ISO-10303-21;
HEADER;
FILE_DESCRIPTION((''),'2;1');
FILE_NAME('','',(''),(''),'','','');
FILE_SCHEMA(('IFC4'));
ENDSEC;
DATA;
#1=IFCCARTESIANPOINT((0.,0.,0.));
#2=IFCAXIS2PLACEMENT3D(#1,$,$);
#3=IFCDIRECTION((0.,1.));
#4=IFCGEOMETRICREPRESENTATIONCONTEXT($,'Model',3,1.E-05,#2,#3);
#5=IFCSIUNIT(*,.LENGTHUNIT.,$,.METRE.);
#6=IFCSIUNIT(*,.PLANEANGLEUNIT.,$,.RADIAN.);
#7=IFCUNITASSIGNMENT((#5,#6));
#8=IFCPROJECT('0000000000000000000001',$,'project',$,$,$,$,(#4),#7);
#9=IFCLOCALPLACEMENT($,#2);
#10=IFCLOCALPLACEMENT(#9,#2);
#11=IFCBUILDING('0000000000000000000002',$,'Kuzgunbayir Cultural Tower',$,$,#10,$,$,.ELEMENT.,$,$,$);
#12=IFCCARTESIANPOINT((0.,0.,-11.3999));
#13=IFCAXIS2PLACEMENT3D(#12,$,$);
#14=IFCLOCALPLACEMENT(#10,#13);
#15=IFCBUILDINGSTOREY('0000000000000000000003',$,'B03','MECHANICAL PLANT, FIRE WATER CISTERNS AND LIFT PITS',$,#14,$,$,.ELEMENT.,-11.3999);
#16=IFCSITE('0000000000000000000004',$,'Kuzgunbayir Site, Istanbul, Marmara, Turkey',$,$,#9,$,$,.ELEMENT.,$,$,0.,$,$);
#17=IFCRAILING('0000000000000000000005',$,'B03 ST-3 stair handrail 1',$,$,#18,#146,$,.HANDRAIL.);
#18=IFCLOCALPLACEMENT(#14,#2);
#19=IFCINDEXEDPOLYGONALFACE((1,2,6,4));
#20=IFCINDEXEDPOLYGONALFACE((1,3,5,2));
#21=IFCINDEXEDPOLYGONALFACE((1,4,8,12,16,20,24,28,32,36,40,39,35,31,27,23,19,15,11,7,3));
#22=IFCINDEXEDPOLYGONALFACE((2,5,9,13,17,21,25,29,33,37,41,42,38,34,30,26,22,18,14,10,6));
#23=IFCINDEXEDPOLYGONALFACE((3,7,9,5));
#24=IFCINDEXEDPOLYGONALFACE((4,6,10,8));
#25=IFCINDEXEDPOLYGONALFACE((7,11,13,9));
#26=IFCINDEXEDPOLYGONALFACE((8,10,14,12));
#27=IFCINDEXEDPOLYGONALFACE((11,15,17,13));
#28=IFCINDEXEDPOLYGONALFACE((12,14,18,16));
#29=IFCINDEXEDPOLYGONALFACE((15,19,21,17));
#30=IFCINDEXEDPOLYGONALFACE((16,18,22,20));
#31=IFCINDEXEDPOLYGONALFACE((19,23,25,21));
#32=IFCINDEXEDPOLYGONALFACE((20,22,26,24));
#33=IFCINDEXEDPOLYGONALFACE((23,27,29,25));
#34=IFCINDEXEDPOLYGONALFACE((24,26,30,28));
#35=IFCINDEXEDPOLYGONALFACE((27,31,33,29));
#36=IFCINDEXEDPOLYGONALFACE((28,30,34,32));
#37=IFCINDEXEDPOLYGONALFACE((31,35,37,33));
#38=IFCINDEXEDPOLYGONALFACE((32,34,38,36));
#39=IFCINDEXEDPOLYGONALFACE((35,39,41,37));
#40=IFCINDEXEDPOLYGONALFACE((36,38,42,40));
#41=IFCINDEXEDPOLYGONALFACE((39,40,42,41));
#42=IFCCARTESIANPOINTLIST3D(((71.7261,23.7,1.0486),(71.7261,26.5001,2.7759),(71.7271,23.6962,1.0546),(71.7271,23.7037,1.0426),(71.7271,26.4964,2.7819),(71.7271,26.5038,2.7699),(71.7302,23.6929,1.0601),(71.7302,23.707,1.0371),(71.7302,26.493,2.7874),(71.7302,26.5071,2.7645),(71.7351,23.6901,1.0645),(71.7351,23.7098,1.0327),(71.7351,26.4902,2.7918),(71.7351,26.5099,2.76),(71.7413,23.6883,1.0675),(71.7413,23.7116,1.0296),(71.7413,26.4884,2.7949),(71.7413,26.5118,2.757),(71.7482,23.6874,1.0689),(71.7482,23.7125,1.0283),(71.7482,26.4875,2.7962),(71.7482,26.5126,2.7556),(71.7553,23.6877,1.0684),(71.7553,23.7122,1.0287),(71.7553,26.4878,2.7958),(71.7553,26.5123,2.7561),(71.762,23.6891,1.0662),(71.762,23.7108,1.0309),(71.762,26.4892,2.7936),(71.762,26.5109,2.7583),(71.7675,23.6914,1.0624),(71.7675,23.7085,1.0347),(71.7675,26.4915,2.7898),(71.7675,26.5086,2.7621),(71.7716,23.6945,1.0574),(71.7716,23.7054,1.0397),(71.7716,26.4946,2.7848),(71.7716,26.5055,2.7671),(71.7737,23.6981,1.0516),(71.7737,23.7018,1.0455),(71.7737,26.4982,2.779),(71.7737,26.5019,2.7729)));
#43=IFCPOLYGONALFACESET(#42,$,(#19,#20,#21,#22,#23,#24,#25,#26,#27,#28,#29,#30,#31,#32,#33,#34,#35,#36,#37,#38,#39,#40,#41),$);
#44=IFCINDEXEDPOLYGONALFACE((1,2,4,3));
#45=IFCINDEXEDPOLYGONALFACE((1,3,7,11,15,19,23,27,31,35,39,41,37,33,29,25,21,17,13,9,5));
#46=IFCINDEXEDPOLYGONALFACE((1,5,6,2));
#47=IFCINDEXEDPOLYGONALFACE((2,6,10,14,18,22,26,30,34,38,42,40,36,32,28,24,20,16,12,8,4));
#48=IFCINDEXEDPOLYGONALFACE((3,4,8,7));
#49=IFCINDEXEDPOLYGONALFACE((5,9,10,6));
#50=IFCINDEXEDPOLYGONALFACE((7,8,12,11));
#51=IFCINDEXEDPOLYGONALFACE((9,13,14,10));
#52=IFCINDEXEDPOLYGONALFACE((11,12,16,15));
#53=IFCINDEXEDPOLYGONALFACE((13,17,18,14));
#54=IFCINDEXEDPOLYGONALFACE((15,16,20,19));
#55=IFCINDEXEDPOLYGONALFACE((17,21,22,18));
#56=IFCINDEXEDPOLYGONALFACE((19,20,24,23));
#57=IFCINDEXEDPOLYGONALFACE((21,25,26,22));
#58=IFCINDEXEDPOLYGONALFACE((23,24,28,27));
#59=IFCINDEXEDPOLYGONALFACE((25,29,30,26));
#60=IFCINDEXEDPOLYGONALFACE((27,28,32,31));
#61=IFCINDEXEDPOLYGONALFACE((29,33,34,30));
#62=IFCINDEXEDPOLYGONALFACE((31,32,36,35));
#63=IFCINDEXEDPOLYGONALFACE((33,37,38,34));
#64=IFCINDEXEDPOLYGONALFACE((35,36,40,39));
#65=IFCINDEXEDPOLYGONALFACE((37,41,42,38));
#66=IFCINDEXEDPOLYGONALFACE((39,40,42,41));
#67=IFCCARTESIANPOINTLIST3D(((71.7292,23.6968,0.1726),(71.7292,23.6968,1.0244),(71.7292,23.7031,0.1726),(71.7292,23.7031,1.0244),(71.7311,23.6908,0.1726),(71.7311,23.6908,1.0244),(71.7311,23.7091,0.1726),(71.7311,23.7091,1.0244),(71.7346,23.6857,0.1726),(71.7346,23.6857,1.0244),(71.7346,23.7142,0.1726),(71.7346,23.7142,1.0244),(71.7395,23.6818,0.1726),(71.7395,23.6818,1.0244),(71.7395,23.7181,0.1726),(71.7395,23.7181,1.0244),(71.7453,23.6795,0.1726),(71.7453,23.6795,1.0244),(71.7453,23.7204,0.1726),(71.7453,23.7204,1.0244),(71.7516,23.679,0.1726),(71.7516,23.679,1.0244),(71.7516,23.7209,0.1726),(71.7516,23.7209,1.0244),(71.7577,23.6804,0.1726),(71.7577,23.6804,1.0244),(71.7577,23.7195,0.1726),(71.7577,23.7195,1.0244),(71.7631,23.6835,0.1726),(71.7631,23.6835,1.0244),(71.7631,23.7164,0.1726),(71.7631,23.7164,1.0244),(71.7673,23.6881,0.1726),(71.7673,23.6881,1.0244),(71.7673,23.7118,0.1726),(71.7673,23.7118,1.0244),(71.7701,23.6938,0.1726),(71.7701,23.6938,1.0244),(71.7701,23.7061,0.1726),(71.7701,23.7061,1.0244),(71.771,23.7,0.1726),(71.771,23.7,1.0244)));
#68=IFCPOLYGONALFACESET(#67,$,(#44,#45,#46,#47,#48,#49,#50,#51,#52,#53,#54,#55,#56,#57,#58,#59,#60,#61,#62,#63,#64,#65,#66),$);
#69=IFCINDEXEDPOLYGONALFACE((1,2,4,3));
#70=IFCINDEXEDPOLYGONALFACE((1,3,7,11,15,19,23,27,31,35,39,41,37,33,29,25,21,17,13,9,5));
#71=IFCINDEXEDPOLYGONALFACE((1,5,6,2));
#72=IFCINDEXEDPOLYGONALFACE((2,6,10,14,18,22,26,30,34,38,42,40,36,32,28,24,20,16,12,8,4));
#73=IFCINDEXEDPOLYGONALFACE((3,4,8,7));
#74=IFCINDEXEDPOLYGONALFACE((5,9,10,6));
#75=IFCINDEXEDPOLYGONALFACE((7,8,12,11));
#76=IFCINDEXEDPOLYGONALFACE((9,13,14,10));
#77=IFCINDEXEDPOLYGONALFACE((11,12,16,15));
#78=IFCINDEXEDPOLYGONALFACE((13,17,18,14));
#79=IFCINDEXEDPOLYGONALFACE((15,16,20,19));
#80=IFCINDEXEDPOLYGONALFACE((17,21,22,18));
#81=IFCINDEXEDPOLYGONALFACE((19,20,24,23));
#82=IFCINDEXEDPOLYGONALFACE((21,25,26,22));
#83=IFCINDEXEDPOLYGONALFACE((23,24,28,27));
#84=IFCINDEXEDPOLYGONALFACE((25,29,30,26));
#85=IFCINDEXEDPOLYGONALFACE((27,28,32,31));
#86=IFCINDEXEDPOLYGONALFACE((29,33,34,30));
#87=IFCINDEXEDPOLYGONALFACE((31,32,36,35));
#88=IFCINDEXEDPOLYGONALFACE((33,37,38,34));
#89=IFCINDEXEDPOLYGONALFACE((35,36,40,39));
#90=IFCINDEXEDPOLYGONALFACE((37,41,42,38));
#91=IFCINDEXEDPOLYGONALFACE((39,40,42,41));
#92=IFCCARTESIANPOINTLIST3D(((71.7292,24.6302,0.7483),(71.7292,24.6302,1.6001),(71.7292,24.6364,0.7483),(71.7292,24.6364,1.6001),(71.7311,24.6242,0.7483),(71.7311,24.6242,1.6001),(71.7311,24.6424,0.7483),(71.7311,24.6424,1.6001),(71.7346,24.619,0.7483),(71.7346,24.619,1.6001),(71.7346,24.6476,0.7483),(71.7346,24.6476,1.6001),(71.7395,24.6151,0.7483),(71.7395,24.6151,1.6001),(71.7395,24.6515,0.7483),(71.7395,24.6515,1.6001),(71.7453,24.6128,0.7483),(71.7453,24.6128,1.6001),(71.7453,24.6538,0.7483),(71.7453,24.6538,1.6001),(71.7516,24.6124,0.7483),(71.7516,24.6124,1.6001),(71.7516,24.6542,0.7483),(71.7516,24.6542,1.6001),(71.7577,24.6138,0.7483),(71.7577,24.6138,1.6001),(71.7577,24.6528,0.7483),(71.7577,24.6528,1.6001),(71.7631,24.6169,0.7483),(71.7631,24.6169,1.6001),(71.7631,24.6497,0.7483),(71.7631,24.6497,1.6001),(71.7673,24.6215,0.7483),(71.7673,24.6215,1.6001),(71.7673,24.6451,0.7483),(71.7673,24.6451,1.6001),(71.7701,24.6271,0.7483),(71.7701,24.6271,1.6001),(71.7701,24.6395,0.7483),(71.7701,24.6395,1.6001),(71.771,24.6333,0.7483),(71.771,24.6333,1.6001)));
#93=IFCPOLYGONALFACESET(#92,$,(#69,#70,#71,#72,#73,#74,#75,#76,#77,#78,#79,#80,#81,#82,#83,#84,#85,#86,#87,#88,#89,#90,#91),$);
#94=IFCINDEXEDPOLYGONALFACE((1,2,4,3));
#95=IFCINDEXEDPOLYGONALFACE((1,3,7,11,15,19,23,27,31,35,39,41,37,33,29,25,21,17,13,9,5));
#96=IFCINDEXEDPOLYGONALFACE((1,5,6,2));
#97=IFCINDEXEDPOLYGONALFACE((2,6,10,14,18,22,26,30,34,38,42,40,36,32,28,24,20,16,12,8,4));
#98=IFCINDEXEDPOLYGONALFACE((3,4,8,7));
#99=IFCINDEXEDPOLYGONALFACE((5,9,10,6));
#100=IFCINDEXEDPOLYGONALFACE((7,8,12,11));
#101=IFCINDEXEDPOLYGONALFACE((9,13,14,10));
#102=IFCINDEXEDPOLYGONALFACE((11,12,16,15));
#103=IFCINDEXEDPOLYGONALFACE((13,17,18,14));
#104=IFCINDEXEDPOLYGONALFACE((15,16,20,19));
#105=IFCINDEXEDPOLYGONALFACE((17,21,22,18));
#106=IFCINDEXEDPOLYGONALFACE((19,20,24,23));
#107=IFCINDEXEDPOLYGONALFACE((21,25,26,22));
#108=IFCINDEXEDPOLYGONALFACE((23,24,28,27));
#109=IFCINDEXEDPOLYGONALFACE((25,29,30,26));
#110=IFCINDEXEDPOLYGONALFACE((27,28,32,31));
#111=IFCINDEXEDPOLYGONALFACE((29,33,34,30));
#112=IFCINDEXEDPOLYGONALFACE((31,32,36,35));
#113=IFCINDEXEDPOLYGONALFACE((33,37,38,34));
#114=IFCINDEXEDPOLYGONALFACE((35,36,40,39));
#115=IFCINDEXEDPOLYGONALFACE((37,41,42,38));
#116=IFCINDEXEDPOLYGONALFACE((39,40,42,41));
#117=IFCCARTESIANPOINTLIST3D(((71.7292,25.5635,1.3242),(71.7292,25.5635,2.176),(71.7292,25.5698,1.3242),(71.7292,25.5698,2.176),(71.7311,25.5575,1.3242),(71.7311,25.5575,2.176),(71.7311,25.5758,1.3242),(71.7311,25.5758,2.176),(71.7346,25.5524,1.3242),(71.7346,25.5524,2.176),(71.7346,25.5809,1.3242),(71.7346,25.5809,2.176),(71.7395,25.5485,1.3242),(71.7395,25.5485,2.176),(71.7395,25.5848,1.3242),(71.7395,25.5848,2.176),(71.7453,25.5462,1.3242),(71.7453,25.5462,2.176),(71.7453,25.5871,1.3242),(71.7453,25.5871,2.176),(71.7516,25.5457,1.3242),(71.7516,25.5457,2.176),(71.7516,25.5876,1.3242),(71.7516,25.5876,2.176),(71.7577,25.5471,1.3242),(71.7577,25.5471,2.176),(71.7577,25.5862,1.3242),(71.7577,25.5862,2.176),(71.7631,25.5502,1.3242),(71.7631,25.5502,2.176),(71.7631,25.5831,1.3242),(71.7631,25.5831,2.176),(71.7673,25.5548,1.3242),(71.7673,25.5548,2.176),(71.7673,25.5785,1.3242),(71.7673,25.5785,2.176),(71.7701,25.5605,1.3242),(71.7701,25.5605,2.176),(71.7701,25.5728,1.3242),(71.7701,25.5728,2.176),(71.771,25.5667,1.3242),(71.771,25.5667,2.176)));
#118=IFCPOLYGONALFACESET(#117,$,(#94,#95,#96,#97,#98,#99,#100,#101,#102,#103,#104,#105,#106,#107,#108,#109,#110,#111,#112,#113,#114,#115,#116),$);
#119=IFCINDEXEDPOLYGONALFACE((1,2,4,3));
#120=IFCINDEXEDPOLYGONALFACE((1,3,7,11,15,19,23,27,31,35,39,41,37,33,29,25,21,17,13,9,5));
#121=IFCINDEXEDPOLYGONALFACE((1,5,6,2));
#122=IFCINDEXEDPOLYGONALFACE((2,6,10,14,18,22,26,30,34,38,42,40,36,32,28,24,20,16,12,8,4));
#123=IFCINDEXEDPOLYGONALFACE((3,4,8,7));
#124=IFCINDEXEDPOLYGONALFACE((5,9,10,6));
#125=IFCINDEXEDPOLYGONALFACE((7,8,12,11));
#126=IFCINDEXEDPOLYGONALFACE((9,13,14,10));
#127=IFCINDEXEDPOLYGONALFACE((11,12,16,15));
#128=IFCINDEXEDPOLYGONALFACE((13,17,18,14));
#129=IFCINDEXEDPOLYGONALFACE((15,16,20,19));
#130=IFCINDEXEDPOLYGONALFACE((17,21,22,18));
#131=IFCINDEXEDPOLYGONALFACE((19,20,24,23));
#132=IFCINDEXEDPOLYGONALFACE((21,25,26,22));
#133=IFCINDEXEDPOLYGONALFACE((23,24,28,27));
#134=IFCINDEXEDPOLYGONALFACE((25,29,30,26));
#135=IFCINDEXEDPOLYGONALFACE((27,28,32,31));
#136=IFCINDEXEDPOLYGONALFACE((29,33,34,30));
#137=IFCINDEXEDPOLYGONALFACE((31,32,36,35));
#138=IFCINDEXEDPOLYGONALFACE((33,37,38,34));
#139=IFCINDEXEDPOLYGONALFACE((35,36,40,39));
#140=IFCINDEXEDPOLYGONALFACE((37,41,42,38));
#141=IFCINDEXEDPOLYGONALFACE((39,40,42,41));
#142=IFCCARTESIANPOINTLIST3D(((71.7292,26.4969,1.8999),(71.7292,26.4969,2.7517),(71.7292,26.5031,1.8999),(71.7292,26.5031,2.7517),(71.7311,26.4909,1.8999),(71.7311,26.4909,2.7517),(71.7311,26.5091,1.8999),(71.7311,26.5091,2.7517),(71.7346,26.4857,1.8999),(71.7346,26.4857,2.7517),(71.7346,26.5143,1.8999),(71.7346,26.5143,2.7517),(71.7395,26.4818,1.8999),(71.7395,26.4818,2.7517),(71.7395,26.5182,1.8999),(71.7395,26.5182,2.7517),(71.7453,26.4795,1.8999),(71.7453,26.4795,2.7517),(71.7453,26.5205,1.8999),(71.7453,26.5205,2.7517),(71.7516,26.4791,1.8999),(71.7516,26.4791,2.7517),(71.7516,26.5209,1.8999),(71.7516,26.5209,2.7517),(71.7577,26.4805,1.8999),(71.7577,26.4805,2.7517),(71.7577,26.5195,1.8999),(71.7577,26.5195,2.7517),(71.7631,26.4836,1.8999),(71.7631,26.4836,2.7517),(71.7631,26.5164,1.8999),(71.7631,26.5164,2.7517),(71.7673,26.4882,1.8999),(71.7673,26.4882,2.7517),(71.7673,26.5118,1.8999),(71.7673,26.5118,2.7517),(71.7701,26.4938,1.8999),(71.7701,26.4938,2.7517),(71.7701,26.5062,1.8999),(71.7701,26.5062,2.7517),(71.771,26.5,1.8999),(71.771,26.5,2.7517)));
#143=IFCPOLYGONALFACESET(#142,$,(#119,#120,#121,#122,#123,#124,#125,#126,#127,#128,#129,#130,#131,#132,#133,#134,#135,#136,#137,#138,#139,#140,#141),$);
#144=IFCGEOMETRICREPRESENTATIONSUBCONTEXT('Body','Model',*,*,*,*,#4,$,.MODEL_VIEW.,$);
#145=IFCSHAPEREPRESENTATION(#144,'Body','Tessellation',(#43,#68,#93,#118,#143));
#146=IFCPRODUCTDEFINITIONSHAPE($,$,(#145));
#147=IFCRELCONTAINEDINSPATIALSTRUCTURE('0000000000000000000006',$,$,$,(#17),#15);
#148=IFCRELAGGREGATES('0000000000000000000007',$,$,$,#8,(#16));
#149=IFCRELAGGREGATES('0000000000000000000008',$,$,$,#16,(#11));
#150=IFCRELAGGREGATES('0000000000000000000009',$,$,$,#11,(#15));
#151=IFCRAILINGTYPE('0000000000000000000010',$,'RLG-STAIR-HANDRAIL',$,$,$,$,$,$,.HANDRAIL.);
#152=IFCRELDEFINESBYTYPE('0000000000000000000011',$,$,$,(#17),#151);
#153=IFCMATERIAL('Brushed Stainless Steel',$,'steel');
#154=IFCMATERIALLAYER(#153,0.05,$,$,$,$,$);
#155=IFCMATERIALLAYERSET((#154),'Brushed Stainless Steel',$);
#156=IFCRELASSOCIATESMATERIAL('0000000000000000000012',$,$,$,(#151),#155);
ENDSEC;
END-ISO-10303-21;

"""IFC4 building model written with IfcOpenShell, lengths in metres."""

from ifc_helpers import new_model, si_unit, direction, frame, origin, origin_2d, place, context, subcontext, project, spatial, circle, extrude, material, layer, layer_set, type_object, element, save


model = new_model("IFC4")

# Units and contexts
model_context = context("Model", 3, precision=1e-05, world=origin(), true_north=direction((0.0, 1.0)))
body_context = subcontext(model_context, "Body", "Model", "MODEL_VIEW")
ifc_project = project(units=[si_unit("LENGTHUNIT", "METRE"), si_unit("PLANEANGLEUNIT", "RADIAN")], contexts=[model_context])

# Site, building, storey
site_placement = place(None, origin())
site = spatial("IfcSite", under=ifc_project, at=site_placement, Name="Kuzgunbayir Site, Istanbul, Marmara, Turkey", CompositionType="ELEMENT", RefElevation=0.0)
building_placement = place(site_placement, origin())
building = spatial("IfcBuilding", under=site, at=building_placement, Name="Kuzgunbayir Cultural Tower", CompositionType="ELEMENT")
storey_placement = place(building_placement, frame((0.0, 0.0, -11.3999)))
storey = spatial("IfcBuildingStorey", under=building, at=storey_placement, Name="B03", Description="MECHANICAL PLANT, FIRE WATER CISTERNS AND LIFT PITS", CompositionType="ELEMENT", Elevation=-11.3999)

# Railing
ifc_material_1 = material(Name="Brushed Stainless Steel", Category="steel")
ifc_layer_1 = layer(ifc_material_1, 0.05)
ifc_layer_set_1 = layer_set([ifc_layer_1], Name="Brushed Stainless Steel")
railing_type_1 = type_object("IfcRailingType", Name="RLG-STAIR-HANDRAIL", PredefinedType="HANDRAIL", material=ifc_layer_set_1)
railing_1_placement = place(storey_placement, frame((71.75, 23.7, 0.1726)))
element("IfcRailing", 1, at=railing_1_placement, inside=storey, type_object=railing_type_1, Name="B03 ST-3 stair handrail 1", PredefinedType="HANDRAIL", context=body_context, shape_type="SweptSolid", body=[
    extrude(circle(Radius=0.0239, at=origin_2d()), frame((0.0, 0.0, 0.876), z_axis=(0.0, 0.85109, 0.52502), x_axis=(-1.0, 0.0, 0.0)), (0.0, 0.0, 1.0), 3.29),
    extrude(circle(Radius=0.021, at=origin_2d()), origin(), (0.0, 0.0, 1.0), 0.8518),
    extrude(circle(Radius=0.021, at=origin_2d()), frame((0.0, 0.9333, 0.5757)), (0.0, 0.0, 1.0), 0.8518),
    extrude(circle(Radius=0.021, at=origin_2d()), frame((0.0, 1.8667, 1.1516)), (0.0, 0.0, 1.0), 0.8518),
    extrude(circle(Radius=0.021, at=origin_2d()), frame((0.0, 2.8, 1.7273)), (0.0, 0.0, 1.0), 0.8518),
])

save(model, "model.ifc")
